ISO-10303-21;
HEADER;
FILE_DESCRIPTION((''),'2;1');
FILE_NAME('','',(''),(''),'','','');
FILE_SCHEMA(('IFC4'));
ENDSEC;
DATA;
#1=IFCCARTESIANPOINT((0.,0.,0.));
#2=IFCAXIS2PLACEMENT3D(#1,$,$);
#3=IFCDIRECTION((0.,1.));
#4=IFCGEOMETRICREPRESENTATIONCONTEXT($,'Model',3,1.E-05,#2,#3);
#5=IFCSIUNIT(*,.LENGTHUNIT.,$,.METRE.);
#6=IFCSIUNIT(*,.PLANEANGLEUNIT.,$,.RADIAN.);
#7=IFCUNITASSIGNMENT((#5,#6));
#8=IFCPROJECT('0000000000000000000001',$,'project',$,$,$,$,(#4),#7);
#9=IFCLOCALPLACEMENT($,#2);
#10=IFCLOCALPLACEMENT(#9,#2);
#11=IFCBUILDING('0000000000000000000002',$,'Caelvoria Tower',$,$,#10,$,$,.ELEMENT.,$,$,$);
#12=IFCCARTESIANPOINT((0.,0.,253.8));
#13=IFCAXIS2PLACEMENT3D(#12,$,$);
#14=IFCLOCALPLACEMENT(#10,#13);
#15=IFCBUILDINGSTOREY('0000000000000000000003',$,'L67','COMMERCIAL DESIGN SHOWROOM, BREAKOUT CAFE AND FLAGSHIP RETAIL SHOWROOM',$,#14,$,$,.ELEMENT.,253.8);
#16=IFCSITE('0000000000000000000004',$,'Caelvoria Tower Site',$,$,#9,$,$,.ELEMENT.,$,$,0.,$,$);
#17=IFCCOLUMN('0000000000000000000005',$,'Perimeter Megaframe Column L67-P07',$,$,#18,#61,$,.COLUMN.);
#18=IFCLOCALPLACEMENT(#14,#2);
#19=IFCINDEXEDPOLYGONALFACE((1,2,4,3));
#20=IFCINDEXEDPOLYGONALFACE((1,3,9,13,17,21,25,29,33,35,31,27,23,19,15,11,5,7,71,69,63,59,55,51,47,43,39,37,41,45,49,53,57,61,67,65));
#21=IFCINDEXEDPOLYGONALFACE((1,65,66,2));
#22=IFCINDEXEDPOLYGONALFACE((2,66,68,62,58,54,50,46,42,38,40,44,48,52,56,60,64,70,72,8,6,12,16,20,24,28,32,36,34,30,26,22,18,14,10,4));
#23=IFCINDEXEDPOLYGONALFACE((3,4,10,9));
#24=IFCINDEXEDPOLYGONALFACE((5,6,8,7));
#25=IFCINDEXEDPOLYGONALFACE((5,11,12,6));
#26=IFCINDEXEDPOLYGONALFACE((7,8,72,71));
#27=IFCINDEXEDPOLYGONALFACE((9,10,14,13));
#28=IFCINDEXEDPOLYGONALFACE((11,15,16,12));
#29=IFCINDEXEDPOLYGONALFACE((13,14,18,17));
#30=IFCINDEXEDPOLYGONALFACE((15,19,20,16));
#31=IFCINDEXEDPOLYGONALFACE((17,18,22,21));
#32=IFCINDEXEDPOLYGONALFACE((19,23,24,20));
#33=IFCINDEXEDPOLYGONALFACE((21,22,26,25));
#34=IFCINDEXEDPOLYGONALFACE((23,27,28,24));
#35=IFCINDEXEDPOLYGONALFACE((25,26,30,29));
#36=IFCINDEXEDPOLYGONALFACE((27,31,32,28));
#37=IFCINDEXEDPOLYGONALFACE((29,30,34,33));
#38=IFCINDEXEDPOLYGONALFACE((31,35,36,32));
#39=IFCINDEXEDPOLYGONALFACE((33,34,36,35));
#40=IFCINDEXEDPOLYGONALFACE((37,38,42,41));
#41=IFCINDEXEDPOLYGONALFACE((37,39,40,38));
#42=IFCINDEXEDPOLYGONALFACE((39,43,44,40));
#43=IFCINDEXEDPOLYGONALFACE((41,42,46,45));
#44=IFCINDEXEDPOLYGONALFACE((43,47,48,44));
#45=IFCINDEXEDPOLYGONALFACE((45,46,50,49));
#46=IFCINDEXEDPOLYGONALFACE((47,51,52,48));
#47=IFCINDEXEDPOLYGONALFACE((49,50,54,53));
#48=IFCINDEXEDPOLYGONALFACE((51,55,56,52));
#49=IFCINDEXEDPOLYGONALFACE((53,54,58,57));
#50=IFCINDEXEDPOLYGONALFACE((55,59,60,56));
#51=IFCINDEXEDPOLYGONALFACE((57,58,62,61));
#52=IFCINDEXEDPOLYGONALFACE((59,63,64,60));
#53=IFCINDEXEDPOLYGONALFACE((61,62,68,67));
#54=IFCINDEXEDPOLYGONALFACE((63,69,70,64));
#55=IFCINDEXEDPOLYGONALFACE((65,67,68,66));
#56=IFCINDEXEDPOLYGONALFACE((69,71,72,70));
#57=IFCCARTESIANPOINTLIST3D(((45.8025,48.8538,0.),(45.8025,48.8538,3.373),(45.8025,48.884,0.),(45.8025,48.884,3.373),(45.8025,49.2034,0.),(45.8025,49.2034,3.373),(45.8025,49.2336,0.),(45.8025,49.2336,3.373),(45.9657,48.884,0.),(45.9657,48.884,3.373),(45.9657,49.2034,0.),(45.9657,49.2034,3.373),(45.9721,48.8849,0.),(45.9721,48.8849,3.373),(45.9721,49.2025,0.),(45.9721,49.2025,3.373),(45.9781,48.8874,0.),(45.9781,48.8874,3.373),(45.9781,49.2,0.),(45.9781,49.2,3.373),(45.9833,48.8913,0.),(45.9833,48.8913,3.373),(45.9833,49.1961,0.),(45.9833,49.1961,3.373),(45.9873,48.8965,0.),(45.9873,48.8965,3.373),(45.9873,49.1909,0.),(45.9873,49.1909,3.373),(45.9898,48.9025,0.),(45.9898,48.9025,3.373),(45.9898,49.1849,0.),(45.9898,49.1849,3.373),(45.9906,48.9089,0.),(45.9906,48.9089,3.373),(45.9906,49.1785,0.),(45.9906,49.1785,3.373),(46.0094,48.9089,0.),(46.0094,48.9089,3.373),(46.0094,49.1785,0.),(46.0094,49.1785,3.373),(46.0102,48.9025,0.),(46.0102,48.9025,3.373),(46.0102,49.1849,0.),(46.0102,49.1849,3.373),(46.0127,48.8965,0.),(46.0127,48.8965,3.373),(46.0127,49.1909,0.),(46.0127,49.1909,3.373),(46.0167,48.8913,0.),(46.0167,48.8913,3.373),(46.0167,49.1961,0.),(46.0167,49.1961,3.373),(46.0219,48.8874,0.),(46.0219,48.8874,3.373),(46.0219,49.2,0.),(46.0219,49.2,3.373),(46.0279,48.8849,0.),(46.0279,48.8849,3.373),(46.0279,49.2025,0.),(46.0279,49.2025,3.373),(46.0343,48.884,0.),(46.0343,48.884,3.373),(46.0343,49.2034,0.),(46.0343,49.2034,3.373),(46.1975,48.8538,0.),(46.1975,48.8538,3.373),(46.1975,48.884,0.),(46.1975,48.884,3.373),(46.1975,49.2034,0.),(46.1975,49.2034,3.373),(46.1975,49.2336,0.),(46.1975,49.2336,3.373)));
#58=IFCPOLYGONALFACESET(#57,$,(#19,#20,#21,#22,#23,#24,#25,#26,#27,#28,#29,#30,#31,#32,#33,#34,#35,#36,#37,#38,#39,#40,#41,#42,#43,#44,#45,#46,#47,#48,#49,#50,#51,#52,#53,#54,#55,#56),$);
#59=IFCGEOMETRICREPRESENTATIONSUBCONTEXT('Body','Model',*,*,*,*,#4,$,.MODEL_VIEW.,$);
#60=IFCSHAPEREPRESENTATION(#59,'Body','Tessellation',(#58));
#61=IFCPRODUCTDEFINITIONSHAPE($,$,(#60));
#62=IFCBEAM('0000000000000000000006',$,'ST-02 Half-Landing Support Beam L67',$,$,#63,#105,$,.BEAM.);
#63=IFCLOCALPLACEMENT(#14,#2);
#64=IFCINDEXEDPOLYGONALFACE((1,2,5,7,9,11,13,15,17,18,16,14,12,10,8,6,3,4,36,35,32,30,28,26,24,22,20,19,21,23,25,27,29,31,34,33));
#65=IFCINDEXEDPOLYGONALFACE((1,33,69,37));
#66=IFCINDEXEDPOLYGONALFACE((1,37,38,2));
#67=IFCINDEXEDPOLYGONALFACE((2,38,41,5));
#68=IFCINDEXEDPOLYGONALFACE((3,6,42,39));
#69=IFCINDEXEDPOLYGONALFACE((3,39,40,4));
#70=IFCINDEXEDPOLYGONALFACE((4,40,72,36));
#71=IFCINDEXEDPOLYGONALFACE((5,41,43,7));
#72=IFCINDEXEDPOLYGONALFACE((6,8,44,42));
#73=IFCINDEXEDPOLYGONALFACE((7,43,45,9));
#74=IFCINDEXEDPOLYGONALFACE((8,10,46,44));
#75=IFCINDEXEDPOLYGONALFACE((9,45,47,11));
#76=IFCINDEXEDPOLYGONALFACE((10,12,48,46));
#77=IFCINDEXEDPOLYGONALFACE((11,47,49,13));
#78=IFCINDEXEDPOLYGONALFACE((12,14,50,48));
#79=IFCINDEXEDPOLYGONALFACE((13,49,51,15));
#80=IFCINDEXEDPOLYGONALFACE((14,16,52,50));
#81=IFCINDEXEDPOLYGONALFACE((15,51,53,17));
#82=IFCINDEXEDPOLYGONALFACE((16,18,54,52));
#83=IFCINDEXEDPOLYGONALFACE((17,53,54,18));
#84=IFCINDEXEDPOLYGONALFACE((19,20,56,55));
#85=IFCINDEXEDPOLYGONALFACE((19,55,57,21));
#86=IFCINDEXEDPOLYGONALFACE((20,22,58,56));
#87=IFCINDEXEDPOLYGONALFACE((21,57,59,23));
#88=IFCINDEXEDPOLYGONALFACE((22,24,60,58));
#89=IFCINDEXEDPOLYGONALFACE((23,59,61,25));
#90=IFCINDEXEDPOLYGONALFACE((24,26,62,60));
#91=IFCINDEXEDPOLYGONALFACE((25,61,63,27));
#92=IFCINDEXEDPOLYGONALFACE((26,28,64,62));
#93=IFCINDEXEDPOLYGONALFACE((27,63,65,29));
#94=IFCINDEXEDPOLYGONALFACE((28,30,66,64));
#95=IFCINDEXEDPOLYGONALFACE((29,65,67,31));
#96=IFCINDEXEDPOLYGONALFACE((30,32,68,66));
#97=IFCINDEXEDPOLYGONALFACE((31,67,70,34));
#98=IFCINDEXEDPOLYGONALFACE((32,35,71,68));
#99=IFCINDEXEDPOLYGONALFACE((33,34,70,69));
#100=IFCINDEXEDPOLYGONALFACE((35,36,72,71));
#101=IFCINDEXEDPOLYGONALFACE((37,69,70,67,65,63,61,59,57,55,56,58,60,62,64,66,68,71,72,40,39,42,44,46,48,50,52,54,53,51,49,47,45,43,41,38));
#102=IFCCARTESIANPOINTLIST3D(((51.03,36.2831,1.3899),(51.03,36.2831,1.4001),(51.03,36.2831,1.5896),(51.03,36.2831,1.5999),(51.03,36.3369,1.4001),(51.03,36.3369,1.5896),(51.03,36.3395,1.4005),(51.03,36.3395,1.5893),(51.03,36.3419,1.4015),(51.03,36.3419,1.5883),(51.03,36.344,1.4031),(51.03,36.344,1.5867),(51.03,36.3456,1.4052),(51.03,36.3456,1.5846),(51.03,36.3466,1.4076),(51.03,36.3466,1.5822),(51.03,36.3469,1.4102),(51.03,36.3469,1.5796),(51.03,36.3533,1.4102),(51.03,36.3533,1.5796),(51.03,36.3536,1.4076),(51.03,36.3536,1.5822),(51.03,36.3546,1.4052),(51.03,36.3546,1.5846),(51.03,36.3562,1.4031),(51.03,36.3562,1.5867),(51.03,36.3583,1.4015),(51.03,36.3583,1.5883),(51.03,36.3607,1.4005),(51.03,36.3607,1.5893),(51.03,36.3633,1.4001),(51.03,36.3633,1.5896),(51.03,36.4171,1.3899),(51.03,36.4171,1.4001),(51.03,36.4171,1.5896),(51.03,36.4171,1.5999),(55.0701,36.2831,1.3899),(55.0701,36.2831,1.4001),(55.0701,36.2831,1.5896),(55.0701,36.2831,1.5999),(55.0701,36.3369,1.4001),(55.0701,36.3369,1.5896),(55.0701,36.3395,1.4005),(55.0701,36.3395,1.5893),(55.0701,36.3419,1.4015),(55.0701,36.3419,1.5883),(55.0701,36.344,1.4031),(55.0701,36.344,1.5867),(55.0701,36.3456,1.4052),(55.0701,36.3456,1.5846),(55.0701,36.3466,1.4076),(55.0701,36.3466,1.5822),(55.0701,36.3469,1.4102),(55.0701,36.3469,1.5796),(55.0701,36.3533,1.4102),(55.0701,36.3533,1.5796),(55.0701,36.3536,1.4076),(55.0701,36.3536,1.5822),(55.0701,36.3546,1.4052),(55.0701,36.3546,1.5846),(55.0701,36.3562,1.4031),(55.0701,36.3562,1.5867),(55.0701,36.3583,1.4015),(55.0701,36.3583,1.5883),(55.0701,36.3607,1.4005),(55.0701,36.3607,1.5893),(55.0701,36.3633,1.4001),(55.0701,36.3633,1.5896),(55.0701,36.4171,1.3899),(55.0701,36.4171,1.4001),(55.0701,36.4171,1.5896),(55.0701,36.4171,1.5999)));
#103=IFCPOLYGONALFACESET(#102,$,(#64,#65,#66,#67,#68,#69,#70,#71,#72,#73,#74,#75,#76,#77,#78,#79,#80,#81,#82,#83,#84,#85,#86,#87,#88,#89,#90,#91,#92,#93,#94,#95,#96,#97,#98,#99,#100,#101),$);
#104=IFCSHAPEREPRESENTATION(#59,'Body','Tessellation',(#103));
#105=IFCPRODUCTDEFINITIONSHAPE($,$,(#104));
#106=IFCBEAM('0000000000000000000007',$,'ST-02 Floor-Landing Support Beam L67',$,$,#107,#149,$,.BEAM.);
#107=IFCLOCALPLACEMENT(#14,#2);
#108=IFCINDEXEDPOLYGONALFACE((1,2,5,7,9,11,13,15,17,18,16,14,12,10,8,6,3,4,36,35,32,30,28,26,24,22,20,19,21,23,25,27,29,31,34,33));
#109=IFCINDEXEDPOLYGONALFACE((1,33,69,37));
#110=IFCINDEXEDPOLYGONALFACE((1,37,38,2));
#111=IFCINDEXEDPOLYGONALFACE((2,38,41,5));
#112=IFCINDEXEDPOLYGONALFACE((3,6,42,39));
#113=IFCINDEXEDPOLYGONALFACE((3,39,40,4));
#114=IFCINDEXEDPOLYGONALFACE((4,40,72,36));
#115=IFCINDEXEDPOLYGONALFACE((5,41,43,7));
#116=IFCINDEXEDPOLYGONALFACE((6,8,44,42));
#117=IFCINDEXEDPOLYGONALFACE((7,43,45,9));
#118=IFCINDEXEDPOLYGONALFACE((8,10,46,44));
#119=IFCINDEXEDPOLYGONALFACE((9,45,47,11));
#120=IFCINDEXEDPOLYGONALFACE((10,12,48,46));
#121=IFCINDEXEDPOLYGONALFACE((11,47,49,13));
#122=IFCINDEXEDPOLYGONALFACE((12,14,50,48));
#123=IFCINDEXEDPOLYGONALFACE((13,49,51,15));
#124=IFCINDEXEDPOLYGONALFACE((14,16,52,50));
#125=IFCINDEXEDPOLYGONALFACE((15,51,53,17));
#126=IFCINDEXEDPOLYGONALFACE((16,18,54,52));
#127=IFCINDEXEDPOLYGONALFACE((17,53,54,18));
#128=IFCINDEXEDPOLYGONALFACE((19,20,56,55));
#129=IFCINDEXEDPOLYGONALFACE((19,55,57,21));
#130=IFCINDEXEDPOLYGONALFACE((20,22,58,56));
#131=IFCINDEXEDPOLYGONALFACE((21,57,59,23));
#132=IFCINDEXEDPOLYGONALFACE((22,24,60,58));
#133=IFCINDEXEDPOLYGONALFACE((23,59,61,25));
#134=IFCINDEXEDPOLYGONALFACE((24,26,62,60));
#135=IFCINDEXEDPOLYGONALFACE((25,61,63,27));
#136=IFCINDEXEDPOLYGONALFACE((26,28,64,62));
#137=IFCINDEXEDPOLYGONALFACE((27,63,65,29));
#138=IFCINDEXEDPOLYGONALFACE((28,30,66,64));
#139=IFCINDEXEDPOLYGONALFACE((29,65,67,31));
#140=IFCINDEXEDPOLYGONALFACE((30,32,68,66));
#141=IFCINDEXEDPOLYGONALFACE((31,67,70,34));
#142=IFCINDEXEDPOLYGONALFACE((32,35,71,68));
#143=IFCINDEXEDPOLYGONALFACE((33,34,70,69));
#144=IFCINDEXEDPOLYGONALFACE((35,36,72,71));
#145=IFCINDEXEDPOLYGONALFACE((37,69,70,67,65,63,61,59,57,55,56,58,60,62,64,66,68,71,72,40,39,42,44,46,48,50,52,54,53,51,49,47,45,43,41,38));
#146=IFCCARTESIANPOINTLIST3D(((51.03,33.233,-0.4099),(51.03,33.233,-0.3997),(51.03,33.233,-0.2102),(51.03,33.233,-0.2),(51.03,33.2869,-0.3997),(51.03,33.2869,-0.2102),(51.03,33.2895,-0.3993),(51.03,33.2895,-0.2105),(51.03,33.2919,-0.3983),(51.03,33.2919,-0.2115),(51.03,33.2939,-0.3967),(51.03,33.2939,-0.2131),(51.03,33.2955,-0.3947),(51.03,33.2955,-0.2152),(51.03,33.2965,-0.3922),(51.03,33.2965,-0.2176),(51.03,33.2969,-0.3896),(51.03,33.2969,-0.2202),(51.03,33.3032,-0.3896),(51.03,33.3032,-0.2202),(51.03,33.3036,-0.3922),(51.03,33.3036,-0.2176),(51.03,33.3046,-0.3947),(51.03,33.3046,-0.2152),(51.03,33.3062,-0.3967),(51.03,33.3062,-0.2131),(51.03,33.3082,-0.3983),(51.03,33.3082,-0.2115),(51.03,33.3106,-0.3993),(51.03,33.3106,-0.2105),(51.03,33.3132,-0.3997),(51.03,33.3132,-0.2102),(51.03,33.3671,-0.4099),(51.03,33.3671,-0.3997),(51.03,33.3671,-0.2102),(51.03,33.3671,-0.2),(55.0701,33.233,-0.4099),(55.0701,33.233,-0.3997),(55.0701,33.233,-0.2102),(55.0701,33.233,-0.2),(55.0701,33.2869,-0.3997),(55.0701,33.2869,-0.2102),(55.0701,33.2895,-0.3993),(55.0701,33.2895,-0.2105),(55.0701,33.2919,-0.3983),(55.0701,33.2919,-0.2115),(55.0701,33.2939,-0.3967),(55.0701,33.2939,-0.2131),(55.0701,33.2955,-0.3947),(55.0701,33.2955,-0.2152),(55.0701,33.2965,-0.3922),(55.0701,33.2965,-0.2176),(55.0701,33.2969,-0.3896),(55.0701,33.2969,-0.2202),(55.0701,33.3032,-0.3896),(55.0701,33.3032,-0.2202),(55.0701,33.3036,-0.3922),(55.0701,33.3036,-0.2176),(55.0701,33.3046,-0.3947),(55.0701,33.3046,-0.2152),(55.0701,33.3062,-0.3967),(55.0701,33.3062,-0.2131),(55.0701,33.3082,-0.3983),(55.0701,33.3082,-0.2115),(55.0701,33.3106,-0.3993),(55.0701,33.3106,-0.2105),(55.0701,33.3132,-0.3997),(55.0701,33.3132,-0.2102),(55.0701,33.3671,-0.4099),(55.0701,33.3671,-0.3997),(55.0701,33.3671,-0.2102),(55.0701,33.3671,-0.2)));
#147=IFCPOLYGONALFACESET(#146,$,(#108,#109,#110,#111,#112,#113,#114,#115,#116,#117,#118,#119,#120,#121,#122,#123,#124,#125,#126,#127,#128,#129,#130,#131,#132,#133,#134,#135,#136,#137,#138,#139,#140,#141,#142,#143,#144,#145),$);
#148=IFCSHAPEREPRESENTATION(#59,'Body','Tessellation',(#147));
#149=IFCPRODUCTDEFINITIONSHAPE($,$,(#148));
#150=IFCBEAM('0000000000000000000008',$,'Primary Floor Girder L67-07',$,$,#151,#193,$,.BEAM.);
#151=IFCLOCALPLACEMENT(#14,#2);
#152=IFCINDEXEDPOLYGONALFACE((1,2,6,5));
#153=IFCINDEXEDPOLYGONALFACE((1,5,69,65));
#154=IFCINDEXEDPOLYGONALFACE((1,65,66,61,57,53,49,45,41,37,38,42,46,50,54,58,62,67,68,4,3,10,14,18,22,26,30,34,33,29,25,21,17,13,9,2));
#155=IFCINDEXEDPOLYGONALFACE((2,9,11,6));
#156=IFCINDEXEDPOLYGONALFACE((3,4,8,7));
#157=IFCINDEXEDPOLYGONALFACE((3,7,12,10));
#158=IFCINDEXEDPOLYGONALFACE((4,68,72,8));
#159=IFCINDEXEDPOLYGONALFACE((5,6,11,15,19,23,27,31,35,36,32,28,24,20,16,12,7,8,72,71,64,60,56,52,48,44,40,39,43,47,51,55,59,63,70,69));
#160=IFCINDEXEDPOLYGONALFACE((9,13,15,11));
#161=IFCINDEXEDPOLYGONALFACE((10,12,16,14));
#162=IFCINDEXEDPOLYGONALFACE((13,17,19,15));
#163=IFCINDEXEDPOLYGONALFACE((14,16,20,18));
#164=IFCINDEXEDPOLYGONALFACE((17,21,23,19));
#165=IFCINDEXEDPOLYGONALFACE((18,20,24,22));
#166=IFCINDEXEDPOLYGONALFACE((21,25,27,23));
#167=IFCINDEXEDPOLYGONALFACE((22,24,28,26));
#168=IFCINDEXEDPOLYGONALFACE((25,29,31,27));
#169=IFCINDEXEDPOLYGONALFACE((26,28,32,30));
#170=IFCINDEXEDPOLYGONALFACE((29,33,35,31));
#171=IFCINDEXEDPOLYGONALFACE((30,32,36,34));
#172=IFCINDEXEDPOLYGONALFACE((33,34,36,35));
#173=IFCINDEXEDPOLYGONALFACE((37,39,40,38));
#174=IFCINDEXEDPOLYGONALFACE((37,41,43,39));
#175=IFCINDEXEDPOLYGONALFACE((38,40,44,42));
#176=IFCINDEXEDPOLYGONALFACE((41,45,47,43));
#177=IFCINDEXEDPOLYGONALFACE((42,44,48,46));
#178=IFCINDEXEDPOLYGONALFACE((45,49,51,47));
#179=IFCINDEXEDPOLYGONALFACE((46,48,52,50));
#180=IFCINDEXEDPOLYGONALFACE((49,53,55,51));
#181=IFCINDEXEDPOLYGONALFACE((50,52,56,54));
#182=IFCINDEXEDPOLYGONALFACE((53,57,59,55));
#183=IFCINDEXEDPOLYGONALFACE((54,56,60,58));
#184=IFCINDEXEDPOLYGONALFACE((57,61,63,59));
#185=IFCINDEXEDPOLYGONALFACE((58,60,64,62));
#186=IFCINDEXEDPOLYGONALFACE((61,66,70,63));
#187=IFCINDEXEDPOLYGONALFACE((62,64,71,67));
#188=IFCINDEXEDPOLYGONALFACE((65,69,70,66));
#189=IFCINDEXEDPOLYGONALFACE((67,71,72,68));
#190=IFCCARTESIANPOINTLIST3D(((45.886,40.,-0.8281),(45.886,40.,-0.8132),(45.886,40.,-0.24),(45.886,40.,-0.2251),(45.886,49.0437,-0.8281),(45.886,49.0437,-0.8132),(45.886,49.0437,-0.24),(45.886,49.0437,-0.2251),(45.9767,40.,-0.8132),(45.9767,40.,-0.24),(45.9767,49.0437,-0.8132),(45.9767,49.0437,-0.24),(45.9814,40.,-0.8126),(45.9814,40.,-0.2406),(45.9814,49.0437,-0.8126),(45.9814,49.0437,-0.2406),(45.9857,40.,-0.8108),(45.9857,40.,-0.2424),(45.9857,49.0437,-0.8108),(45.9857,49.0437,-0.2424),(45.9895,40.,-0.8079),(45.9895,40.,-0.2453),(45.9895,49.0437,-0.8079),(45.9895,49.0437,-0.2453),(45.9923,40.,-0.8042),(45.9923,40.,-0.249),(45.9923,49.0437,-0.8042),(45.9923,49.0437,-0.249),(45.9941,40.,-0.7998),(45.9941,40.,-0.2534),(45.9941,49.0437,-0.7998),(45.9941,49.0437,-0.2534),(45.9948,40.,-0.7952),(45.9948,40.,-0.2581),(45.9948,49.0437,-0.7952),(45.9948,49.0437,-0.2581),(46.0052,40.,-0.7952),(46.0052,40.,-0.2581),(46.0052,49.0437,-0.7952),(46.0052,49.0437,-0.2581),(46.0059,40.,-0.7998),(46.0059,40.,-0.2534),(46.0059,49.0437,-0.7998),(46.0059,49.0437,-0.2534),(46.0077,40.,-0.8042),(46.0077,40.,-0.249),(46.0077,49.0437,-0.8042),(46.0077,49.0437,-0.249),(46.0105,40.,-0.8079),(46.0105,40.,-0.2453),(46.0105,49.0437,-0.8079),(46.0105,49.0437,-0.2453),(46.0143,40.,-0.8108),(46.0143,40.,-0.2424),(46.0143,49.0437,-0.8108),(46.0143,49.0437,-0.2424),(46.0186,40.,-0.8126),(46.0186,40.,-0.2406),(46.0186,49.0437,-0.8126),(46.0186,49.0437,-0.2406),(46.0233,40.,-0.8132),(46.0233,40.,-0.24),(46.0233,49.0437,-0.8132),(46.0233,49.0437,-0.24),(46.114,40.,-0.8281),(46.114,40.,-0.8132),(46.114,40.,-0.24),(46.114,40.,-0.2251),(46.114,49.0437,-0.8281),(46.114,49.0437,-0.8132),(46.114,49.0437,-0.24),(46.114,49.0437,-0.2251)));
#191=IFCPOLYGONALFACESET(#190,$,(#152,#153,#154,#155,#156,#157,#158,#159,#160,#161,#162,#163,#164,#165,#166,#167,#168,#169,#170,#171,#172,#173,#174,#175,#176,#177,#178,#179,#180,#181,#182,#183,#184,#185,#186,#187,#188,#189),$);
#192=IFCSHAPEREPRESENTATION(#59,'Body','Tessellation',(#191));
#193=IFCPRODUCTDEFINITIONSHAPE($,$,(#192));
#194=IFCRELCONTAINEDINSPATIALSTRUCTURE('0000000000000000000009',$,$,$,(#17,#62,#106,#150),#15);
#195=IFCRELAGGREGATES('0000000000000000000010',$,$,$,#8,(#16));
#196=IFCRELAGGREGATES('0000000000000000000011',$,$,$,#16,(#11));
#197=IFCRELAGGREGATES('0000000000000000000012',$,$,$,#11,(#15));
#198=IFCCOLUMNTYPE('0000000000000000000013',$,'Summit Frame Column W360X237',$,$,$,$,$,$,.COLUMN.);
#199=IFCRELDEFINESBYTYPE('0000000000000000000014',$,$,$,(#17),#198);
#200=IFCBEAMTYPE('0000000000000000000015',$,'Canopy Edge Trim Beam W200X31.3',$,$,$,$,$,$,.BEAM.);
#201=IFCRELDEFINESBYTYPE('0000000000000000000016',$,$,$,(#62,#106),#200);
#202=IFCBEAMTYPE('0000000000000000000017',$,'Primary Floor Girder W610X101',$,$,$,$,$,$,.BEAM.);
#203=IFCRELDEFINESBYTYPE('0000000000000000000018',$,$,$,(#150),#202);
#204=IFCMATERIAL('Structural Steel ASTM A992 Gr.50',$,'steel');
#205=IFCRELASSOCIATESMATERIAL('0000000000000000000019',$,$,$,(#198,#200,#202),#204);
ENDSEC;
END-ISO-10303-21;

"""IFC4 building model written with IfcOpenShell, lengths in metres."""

from ifc_helpers import new_model, si_unit, direction, frame, origin, origin_2d, place, context, subcontext, project, spatial, i_section, extrude, material, material_profile, profile_set, type_object, element, save


model = new_model("IFC4")

# Units and contexts
model_context = context("Model", 3, precision=1e-05, world=origin(), true_north=direction((0.0, 1.0)))
body_context = subcontext(model_context, "Body", "Model", "MODEL_VIEW")
ifc_project = project(units=[si_unit("LENGTHUNIT", "METRE"), si_unit("PLANEANGLEUNIT", "RADIAN")], contexts=[model_context])

# Site, building, storey
site_placement = place(None, origin())
site = spatial("IfcSite", under=ifc_project, at=site_placement, Name="Caelvoria Tower Site", CompositionType="ELEMENT", RefElevation=0.0)
building_placement = place(site_placement, origin())
building = spatial("IfcBuilding", under=site, at=building_placement, Name="Caelvoria Tower", CompositionType="ELEMENT")
storey_placement = place(building_placement, frame((0.0, 0.0, 253.8)))
storey = spatial("IfcBuildingStorey", under=building, at=storey_placement, Name="L67", Description="COMMERCIAL DESIGN SHOWROOM, BREAKOUT CAFE AND FLAGSHIP RETAIL SHOWROOM", CompositionType="ELEMENT", Elevation=253.8)

# Column
ifc_material_1 = material(Name="Structural Steel ASTM A992 Gr.50", Category="steel")
ifc_material_profile_1 = material_profile(ifc_material_1, i_section(OverallWidth=0.395, OverallDepth=0.3799, WebThickness=0.0188, FlangeThickness=0.0303, FilletRadius=0.0249, at=origin_2d()), Name="Structural Steel ASTM A992 Gr.50")
ifc_profile_set_1 = profile_set([ifc_material_profile_1], Name="W360X237 - Structural Steel ASTM A992 Gr.50")
column_type = type_object("IfcColumnType", Name="Summit Frame Column W360X237", PredefinedType="COLUMN", material=ifc_profile_set_1)
column_placement = place(storey_placement, frame((46.0, 49.0437, 0.0), z_axis=(0.0, 0.0, 1.0), x_axis=(1.0, 0.0, 0.0)))
element("IfcColumn", 1, at=column_placement, inside=storey, type_object=column_type, Name="Perimeter Megaframe Column L67-P07", PredefinedType="COLUMN", context=body_context, shape_type="SweptSolid", body=[
    extrude(i_section(OverallWidth=0.395, OverallDepth=0.3799, WebThickness=0.0188, FlangeThickness=0.0303, FilletRadius=0.0249, at=origin_2d()), origin(), (0.0, 0.0, 1.0), 3.373),
])

# Beams
ifc_material_profile_2 = material_profile(ifc_material_1, i_section(OverallWidth=0.134, OverallDepth=0.21, WebThickness=0.0063, FlangeThickness=0.0103, FilletRadius=0.01, at=origin_2d()), Name="Structural Steel ASTM A992 Gr.50")
ifc_profile_set_2 = profile_set([ifc_material_profile_2], Name="W200X31.3 - Structural Steel ASTM A992 Gr.50")
beam_type_1 = type_object("IfcBeamType", Name="Canopy Edge Trim Beam W200X31.3", PredefinedType="BEAM", material=ifc_profile_set_2)
for number, where, z_axis, x_axis, name in (
    (2, (51.03, 36.3501, 1.4949), (1.0, 0.0, 0.0), (0.0, 1.0, 0.0), "ST-02 Half-Landing Support Beam L67"),
    (3, (51.03, 33.3, -0.3049), (1.0, 0.0, 0.0), (0.0, 1.0, 0.0), "ST-02 Floor-Landing Support Beam L67"),
):
    element("IfcBeam", number, at=place(storey_placement, frame(where, z_axis=z_axis, x_axis=x_axis)), inside=storey, type_object=beam_type_1, Name=name, PredefinedType="BEAM", context=body_context, shape_type="SweptSolid", body=[
        extrude(i_section(OverallWidth=0.134, OverallDepth=0.21, WebThickness=0.0063, FlangeThickness=0.0103, FilletRadius=0.01, at=origin_2d()), origin(), (0.0, 0.0, 1.0), 4.04),
    ])
ifc_material_profile_3 = material_profile(ifc_material_1, i_section(OverallWidth=0.228, OverallDepth=0.603, WebThickness=0.0105, FlangeThickness=0.0149, FilletRadius=0.0181, at=origin_2d()), Name="Structural Steel ASTM A992 Gr.50")
ifc_profile_set_3 = profile_set([ifc_material_profile_3], Name="W610X101 - Structural Steel ASTM A992 Gr.50")
beam_type_2 = type_object("IfcBeamType", Name="Primary Floor Girder W610X101", PredefinedType="BEAM", material=ifc_profile_set_3)
beam_1_placement = place(storey_placement, frame((46.0, 40.0, -0.5266), z_axis=(0.0, 1.0, 0.0), x_axis=(-1.0, 0.0, 0.0)))
element("IfcBeam", 4, at=beam_1_placement, inside=storey, type_object=beam_type_2, Name="Primary Floor Girder L67-07", PredefinedType="BEAM", context=body_context, shape_type="SweptSolid", body=[
    extrude(i_section(OverallWidth=0.228, OverallDepth=0.603, WebThickness=0.0105, FlangeThickness=0.0149, FilletRadius=0.0181, at=origin_2d()), origin(), (0.0, 0.0, 1.0), 9.0437),
])

save(model, "model.ifc")
